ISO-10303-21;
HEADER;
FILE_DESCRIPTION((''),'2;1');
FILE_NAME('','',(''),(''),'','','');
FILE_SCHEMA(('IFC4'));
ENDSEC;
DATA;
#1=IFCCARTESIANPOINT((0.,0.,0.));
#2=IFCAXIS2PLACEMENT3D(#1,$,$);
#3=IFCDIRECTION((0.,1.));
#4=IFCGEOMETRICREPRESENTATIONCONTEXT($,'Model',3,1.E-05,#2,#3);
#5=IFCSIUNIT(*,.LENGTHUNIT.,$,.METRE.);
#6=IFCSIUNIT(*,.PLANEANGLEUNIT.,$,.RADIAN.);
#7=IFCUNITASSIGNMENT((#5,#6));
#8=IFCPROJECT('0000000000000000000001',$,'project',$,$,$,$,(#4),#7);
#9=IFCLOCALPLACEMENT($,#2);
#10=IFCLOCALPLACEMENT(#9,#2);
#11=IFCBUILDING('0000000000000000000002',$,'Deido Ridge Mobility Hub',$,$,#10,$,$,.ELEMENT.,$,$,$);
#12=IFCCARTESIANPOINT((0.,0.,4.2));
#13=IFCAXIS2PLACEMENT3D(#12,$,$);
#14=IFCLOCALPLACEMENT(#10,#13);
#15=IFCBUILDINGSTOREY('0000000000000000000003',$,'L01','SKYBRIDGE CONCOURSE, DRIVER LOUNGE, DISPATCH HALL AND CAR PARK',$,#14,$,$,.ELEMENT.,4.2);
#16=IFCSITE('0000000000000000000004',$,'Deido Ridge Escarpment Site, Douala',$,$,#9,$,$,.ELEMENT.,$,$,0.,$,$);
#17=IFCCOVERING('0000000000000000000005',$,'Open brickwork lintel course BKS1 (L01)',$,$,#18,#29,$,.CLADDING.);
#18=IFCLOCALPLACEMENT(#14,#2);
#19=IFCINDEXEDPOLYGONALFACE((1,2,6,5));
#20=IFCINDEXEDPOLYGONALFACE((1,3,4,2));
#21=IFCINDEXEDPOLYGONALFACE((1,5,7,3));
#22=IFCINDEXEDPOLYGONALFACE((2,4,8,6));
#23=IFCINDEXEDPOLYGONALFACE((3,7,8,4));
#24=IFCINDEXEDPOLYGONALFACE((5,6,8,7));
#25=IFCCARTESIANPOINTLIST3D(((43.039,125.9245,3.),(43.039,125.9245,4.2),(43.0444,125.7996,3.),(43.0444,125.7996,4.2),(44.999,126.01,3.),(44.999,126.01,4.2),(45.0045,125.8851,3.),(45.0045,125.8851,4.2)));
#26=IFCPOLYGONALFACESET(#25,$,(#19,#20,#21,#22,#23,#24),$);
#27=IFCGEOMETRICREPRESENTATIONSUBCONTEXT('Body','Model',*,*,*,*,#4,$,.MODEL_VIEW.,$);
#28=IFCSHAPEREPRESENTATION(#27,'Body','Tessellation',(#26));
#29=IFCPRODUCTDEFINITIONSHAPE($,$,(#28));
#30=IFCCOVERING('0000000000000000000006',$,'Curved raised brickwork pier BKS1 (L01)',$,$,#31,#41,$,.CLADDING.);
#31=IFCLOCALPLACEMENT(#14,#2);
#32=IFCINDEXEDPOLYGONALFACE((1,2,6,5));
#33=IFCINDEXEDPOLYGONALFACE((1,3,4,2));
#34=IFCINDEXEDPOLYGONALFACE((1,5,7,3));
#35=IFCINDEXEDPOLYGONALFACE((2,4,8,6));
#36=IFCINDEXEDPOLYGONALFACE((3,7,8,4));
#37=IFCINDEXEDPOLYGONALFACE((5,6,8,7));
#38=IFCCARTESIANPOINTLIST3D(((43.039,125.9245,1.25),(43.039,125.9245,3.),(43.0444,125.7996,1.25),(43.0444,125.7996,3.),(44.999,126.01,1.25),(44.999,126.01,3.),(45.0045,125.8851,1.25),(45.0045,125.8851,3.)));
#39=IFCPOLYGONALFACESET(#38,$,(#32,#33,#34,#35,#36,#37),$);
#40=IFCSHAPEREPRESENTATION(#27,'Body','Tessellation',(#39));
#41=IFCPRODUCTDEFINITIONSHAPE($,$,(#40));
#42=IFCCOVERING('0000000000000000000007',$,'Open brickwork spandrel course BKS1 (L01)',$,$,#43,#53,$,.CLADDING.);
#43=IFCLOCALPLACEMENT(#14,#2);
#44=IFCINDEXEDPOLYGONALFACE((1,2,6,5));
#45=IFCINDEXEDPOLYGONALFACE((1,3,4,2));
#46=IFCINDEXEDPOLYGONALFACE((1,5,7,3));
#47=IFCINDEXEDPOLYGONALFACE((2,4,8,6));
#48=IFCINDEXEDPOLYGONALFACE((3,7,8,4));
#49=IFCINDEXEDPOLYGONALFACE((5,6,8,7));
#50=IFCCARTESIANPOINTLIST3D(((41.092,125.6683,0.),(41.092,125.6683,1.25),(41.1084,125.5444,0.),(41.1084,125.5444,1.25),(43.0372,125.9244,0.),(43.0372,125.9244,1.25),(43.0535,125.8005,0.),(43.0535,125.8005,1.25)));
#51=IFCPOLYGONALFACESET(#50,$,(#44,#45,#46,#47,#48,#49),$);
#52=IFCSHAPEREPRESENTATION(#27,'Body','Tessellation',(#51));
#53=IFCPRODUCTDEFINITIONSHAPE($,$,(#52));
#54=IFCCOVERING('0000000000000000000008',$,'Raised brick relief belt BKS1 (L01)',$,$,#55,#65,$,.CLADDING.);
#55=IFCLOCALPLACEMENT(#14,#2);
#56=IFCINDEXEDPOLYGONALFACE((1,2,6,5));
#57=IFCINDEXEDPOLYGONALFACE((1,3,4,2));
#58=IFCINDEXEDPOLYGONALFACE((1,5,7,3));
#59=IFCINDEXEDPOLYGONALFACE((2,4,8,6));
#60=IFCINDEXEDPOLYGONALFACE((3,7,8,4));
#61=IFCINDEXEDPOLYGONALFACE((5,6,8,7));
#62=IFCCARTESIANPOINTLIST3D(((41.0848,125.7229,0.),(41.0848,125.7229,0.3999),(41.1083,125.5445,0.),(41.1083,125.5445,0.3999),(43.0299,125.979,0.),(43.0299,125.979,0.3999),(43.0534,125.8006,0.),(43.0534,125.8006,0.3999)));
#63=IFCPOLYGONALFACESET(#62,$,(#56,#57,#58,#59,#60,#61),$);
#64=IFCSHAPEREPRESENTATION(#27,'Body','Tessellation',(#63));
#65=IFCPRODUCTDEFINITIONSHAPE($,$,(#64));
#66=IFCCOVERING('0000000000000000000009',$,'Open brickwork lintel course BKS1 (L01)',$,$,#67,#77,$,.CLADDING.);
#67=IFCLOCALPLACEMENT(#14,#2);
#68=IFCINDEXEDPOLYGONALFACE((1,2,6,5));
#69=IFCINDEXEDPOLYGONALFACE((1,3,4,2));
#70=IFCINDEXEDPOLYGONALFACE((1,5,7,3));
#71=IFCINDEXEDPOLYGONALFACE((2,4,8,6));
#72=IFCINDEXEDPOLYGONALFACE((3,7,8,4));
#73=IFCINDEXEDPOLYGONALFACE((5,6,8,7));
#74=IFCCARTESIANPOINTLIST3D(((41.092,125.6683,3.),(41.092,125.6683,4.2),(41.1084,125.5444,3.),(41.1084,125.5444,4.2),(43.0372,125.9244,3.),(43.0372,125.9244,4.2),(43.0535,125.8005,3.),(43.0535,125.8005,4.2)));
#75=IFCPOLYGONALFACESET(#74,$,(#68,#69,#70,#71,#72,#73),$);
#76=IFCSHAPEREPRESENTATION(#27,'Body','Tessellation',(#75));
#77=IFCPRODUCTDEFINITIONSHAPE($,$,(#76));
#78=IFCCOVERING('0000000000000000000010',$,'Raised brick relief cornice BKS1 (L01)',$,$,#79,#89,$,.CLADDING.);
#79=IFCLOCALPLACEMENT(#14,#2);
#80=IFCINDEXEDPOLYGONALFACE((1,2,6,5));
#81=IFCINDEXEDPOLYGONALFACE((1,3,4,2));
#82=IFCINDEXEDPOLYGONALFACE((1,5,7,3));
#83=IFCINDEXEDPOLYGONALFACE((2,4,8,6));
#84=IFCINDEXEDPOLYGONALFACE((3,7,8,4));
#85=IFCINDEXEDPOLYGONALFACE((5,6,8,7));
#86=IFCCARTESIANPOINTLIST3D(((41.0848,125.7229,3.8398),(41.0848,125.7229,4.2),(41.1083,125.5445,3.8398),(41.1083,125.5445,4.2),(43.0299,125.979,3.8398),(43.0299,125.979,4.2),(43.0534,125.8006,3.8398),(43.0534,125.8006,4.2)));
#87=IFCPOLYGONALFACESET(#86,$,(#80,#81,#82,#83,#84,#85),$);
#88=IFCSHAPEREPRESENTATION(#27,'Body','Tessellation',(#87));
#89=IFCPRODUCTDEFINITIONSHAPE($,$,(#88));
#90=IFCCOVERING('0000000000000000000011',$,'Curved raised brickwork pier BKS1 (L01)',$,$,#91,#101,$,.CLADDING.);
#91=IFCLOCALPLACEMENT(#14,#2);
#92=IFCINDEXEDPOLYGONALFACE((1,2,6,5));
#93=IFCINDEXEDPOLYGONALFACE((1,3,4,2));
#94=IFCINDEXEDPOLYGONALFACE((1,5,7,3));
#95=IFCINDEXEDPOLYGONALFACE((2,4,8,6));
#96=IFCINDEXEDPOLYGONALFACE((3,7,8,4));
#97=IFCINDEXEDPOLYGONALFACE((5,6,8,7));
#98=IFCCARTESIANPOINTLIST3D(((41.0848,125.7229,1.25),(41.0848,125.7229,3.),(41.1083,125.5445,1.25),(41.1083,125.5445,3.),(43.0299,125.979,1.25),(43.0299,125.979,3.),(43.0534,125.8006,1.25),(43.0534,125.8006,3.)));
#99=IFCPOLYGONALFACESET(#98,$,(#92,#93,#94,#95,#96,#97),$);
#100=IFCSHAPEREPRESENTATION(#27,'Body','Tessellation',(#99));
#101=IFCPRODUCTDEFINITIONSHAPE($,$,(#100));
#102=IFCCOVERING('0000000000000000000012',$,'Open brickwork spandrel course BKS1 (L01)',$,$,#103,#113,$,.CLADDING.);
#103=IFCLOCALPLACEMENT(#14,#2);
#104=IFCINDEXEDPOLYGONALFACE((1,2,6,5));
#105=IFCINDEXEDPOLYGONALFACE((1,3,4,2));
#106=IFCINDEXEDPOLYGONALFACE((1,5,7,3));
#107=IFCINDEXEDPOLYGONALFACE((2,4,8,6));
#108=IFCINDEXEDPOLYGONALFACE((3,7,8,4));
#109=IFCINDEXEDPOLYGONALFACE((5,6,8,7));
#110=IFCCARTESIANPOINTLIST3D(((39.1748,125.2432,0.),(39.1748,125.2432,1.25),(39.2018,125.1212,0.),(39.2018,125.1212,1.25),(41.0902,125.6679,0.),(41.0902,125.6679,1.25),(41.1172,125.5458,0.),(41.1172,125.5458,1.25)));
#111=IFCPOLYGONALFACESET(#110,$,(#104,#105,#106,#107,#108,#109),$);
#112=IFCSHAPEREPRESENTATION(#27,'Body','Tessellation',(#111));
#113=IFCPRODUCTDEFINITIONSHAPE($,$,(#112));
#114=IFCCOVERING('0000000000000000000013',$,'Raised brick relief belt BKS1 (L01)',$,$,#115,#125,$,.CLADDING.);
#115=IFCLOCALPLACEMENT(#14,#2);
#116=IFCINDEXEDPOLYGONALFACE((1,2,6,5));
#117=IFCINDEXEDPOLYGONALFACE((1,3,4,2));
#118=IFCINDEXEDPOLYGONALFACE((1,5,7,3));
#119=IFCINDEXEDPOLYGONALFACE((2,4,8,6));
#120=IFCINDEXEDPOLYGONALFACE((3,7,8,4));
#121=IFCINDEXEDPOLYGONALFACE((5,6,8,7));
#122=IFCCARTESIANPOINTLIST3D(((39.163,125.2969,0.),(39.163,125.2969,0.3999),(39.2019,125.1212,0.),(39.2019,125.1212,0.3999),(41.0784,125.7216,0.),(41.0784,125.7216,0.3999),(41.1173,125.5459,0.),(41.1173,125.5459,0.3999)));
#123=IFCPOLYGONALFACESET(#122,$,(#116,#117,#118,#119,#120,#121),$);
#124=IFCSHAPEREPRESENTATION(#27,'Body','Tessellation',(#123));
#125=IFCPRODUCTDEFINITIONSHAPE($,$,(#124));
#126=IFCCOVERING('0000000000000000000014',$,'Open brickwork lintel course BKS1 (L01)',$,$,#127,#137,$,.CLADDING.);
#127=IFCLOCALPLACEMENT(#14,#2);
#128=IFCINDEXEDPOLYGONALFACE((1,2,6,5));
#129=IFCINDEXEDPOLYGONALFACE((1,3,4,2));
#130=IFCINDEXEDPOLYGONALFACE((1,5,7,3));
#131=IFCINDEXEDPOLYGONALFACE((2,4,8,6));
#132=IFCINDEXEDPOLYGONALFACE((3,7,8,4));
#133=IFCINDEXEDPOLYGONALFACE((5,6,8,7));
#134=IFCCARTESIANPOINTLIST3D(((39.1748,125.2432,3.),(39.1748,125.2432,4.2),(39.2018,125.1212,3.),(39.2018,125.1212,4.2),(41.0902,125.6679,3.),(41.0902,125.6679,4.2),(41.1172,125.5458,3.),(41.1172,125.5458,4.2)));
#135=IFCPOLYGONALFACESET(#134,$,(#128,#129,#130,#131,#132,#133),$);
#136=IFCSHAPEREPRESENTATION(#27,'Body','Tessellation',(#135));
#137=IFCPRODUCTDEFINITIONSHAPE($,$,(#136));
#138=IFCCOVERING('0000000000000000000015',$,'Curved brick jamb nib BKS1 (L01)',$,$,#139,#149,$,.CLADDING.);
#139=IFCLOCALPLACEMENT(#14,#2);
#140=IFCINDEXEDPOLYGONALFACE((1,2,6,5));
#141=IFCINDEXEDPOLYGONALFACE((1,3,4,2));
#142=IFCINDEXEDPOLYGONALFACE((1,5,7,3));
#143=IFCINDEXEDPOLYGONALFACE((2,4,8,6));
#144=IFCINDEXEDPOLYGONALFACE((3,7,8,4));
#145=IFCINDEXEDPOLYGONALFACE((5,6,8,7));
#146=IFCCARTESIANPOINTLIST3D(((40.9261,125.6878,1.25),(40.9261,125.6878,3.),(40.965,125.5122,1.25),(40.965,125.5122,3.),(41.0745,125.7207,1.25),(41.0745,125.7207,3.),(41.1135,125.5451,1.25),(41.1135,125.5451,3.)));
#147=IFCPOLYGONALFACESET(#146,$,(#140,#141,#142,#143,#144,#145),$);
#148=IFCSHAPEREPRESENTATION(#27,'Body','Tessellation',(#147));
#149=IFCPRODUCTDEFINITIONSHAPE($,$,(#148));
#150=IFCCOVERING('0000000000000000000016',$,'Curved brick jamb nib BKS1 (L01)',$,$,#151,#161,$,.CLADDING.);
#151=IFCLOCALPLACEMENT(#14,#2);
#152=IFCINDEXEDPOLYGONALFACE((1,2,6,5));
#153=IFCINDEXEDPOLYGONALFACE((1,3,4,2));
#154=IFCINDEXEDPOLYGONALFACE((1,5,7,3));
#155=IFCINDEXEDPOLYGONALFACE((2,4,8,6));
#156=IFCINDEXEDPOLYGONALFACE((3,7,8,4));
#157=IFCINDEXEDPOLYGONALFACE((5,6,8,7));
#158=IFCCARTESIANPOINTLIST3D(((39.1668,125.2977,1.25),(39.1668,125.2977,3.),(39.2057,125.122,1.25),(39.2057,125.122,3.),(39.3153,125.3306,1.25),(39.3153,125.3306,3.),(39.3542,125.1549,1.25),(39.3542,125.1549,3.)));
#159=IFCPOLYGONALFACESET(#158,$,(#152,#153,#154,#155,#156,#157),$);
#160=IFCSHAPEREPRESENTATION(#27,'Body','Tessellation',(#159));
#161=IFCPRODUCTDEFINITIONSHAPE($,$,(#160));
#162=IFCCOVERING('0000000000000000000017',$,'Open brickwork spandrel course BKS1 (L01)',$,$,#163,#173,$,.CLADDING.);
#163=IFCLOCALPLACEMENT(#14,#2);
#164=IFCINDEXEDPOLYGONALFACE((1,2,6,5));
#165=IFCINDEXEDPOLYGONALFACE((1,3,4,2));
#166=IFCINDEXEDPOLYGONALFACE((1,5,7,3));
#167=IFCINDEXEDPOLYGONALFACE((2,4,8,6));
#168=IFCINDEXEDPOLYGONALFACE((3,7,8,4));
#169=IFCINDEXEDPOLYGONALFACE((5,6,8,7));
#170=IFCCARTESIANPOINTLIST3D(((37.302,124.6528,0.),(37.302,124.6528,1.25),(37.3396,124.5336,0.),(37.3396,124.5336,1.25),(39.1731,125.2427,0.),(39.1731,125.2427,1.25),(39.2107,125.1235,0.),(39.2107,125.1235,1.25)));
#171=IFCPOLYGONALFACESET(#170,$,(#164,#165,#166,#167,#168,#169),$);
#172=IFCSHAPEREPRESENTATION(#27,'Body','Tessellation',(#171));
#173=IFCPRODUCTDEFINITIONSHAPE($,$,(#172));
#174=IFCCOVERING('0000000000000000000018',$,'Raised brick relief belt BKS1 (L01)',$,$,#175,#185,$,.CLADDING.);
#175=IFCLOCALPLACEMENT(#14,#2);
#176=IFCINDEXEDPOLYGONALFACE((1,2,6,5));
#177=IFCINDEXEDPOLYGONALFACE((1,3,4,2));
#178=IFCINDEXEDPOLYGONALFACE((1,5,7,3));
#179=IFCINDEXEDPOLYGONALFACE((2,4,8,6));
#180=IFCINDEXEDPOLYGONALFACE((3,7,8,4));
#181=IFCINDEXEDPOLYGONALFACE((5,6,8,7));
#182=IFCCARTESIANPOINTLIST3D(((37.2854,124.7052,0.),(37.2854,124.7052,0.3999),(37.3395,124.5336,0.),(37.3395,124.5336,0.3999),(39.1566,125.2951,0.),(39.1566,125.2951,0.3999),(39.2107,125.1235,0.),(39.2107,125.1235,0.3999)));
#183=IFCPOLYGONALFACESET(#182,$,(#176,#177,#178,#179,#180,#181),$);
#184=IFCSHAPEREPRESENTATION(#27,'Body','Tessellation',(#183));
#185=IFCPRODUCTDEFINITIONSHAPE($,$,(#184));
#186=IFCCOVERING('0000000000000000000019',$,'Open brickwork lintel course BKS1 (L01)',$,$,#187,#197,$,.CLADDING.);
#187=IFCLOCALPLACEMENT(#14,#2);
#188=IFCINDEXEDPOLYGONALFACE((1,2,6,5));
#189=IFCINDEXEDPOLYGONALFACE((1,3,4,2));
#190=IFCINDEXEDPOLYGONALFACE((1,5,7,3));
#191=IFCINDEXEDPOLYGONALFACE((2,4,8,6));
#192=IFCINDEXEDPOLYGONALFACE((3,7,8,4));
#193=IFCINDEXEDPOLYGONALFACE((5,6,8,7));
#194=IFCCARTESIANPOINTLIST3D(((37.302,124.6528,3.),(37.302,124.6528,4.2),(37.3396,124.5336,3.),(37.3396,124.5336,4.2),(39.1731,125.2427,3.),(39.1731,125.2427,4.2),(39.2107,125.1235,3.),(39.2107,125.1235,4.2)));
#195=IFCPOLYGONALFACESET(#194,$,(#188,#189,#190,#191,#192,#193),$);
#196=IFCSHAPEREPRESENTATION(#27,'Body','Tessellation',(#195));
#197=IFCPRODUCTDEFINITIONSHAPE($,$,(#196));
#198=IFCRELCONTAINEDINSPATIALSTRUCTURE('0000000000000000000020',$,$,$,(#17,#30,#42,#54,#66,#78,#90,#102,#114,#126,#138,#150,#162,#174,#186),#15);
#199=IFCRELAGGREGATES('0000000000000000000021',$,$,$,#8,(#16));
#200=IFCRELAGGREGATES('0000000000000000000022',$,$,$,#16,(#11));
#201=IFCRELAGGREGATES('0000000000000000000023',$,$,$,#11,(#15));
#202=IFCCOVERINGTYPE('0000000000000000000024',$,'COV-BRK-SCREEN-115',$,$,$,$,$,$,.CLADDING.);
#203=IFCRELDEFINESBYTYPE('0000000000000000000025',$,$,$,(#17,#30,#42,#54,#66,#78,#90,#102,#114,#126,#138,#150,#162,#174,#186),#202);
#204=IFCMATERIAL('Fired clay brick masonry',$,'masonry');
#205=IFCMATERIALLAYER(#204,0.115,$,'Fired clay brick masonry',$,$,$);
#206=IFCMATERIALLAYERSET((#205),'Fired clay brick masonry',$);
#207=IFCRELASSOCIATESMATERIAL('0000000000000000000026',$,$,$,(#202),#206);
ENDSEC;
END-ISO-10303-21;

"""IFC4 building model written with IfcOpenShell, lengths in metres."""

from ifc_helpers import new_model, si_unit, direction, frame, origin, origin_2d, place, context, subcontext, project, spatial, rectangle, extrude, material, layer, layer_set, type_object, element, save


model = new_model("IFC4")

# Units and contexts
model_context = context("Model", 3, precision=1e-05, world=origin(), true_north=direction((0.0, 1.0)))
body_context = subcontext(model_context, "Body", "Model", "MODEL_VIEW")
ifc_project = project(units=[si_unit("LENGTHUNIT", "METRE"), si_unit("PLANEANGLEUNIT", "RADIAN")], contexts=[model_context])

# Site, building, storey
site_placement = place(None, origin())
site = spatial("IfcSite", under=ifc_project, at=site_placement, Name="Deido Ridge Escarpment Site, Douala", CompositionType="ELEMENT", RefElevation=0.0)
building_placement = place(site_placement, origin())
building = spatial("IfcBuilding", under=site, at=building_placement, Name="Deido Ridge Mobility Hub", CompositionType="ELEMENT")
storey_placement = place(building_placement, frame((0.0, 0.0, 4.2)))
storey = spatial("IfcBuildingStorey", under=building, at=storey_placement, Name="L01", Description="SKYBRIDGE CONCOURSE, DRIVER LOUNGE, DISPATCH HALL AND CAR PARK", CompositionType="ELEMENT", Elevation=4.2)

# Coverings
ifc_material_1 = material(Name="Fired clay brick masonry", Category="masonry")
ifc_layer = layer(ifc_material_1, 0.115, Name="Fired clay brick masonry")
ifc_layer_set = layer_set([ifc_layer], Name="Fired clay brick masonry")
covering_type = type_object("IfcCoveringType", Name="COV-BRK-SCREEN-115", PredefinedType="CLADDING", material=ifc_layer_set)
covering_1_placement = place(storey_placement, frame((44.0217, 125.9048, 3.0), z_axis=(0.0, 0.0, 1.0), x_axis=(-0.999049, -0.043602, 0.0)))
element("IfcCovering", 1, at=covering_1_placement, inside=storey, type_object=covering_type, Name="Open brickwork lintel course BKS1 (L01)", PredefinedType="CLADDING", context=body_context, shape_type="SweptSolid", body=[
    extrude(rectangle(XDim=1.9619, YDim=0.125, at=origin_2d()), origin(), (0.0, 0.0, 1.0), 1.2),
])
covering_2_placement = place(storey_placement, frame((44.0217, 125.9048, 1.25), z_axis=(0.0, 0.0, 1.0), x_axis=(-0.999049, -0.043602, 0.0)))
element("IfcCovering", 2, at=covering_2_placement, inside=storey, type_object=covering_type, Name="Curved raised brickwork pier BKS1 (L01)", PredefinedType="CLADDING", context=body_context, shape_type="SweptSolid", body=[
    extrude(rectangle(XDim=1.9619, YDim=0.125, at=origin_2d()), origin(), (0.0, 0.0, 1.0), 1.75),
])
covering_3_placement = place(storey_placement, frame((42.0728, 125.7344, 0.0), z_axis=(0.0, 0.0, 1.0), x_axis=(-0.991443, -0.130543, 0.0)))
element("IfcCovering", 3, at=covering_3_placement, inside=storey, type_object=covering_type, Name="Open brickwork spandrel course BKS1 (L01)", PredefinedType="CLADDING", context=body_context, shape_type="SweptSolid", body=[
    extrude(rectangle(XDim=1.9619, YDim=0.125, at=origin_2d()), origin(), (0.0, 0.0, 1.0), 1.25),
])
covering_4_placement = place(storey_placement, frame((42.0691, 125.7617, 0.0), z_axis=(0.0, 0.0, 1.0), x_axis=(-0.991443, -0.130543, 0.0)))
element("IfcCovering", 4, at=covering_4_placement, inside=storey, type_object=covering_type, Name="Raised brick relief belt BKS1 (L01)", PredefinedType="CLADDING", context=body_context, shape_type="SweptSolid", body=[
    extrude(rectangle(XDim=1.9619, YDim=0.1799, at=origin_2d()), origin(), (0.0, 0.0, 1.0), 0.3999),
])
covering_5_placement = place(storey_placement, frame((42.0728, 125.7344, 3.0), z_axis=(0.0, 0.0, 1.0), x_axis=(-0.991443, -0.130543, 0.0)))
element("IfcCovering", 5, at=covering_5_placement, inside=storey, type_object=covering_type, Name="Open brickwork lintel course BKS1 (L01)", PredefinedType="CLADDING", context=body_context, shape_type="SweptSolid", body=[
    extrude(rectangle(XDim=1.9619, YDim=0.125, at=origin_2d()), origin(), (0.0, 0.0, 1.0), 1.2),
])
covering_6_placement = place(storey_placement, frame((42.0691, 125.7617, 3.8398), z_axis=(0.0, 0.0, 1.0), x_axis=(-0.991443, -0.130543, 0.0)))
element("IfcCovering", 6, at=covering_6_placement, inside=storey, type_object=covering_type, Name="Raised brick relief cornice BKS1 (L01)", PredefinedType="CLADDING", context=body_context, shape_type="SweptSolid", body=[
    extrude(rectangle(XDim=1.9619, YDim=0.1799, at=origin_2d()), origin(), (0.0, 0.0, 1.0), 0.3601),
])
covering_7_placement = place(storey_placement, frame((42.0691, 125.7617, 1.25), z_axis=(0.0, 0.0, 1.0), x_axis=(-0.991443, -0.130543, 0.0)))
element("IfcCovering", 7, at=covering_7_placement, inside=storey, type_object=covering_type, Name="Curved raised brickwork pier BKS1 (L01)", PredefinedType="CLADDING", context=body_context, shape_type="SweptSolid", body=[
    extrude(rectangle(XDim=1.9619, YDim=0.1799, at=origin_2d()), origin(), (0.0, 0.0, 1.0), 1.75),
])
covering_8_placement = place(storey_placement, frame((40.146, 125.3945, 0.0), z_axis=(0.0, 0.0, 1.0), x_axis=(-0.976292, -0.216457, 0.0)))
element("IfcCovering", 8, at=covering_8_placement, inside=storey, type_object=covering_type, Name="Open brickwork spandrel course BKS1 (L01)", PredefinedType="CLADDING", context=body_context, shape_type="SweptSolid", body=[
    extrude(rectangle(XDim=1.9619, YDim=0.125, at=origin_2d()), origin(), (0.0, 0.0, 1.0), 1.25),
])
covering_9_placement = place(storey_placement, frame((40.1401, 125.4214, 0.0), z_axis=(0.0, 0.0, 1.0), x_axis=(-0.976292, -0.216457, 0.0)))
element("IfcCovering", 9, at=covering_9_placement, inside=storey, type_object=covering_type, Name="Raised brick relief belt BKS1 (L01)", PredefinedType="CLADDING", context=body_context, shape_type="SweptSolid", body=[
    extrude(rectangle(XDim=1.9619, YDim=0.1799, at=origin_2d()), origin(), (0.0, 0.0, 1.0), 0.3999),
])
covering_10_placement = place(storey_placement, frame((40.146, 125.3945, 3.0), z_axis=(0.0, 0.0, 1.0), x_axis=(-0.976292, -0.216457, 0.0)))
element("IfcCovering", 10, at=covering_10_placement, inside=storey, type_object=covering_type, Name="Open brickwork lintel course BKS1 (L01)", PredefinedType="CLADDING", context=body_context, shape_type="SweptSolid", body=[
    extrude(rectangle(XDim=1.9619, YDim=0.125, at=origin_2d()), origin(), (0.0, 0.0, 1.0), 1.2),
])
for number, where, z_axis, x_axis, name in (
    (11, (41.0198, 125.6165, 1.25), (0.0, 0.0, 1.0), (-0.976292, -0.216457, 0.0), "Curved brick jamb nib BKS1 (L01)"),
    (12, (39.2605, 125.2263, 1.25), (0.0, 0.0, 1.0), (-0.976292, -0.216457, 0.0), "Curved brick jamb nib BKS1 (L01)"),
):
    element("IfcCovering", number, at=place(storey_placement, frame(where, z_axis=z_axis, x_axis=x_axis)), inside=storey, type_object=covering_type, Name=name, PredefinedType="CLADDING", context=body_context, shape_type="SweptSolid", body=[
        extrude(rectangle(XDim=0.1521, YDim=0.1799, at=origin_2d()), origin(), (0.0, 0.0, 1.0), 1.75),
    ])
covering_11_placement = place(storey_placement, frame((38.2563, 124.8882, 0.0), z_axis=(0.0, 0.0, 1.0), x_axis=(-0.953727, -0.300673, 0.0)))
element("IfcCovering", 13, at=covering_11_placement, inside=storey, type_object=covering_type, Name="Open brickwork spandrel course BKS1 (L01)", PredefinedType="CLADDING", context=body_context, shape_type="SweptSolid", body=[
    extrude(rectangle(XDim=1.9619, YDim=0.125, at=origin_2d()), origin(), (0.0, 0.0, 1.0), 1.25),
])
covering_12_placement = place(storey_placement, frame((38.248, 124.9143, 0.0), z_axis=(0.0, 0.0, 1.0), x_axis=(-0.953727, -0.300673, 0.0)))
element("IfcCovering", 14, at=covering_12_placement, inside=storey, type_object=covering_type, Name="Raised brick relief belt BKS1 (L01)", PredefinedType="CLADDING", context=body_context, shape_type="SweptSolid", body=[
    extrude(rectangle(XDim=1.9619, YDim=0.1799, at=origin_2d()), origin(), (0.0, 0.0, 1.0), 0.3999),
])
covering_13_placement = place(storey_placement, frame((38.2563, 124.8882, 3.0), z_axis=(0.0, 0.0, 1.0), x_axis=(-0.953727, -0.300673, 0.0)))
element("IfcCovering", 15, at=covering_13_placement, inside=storey, type_object=covering_type, Name="Open brickwork lintel course BKS1 (L01)", PredefinedType="CLADDING", context=body_context, shape_type="SweptSolid", body=[
    extrude(rectangle(XDim=1.9619, YDim=0.125, at=origin_2d()), origin(), (0.0, 0.0, 1.0), 1.2),
])

save(model, "model.ifc")
